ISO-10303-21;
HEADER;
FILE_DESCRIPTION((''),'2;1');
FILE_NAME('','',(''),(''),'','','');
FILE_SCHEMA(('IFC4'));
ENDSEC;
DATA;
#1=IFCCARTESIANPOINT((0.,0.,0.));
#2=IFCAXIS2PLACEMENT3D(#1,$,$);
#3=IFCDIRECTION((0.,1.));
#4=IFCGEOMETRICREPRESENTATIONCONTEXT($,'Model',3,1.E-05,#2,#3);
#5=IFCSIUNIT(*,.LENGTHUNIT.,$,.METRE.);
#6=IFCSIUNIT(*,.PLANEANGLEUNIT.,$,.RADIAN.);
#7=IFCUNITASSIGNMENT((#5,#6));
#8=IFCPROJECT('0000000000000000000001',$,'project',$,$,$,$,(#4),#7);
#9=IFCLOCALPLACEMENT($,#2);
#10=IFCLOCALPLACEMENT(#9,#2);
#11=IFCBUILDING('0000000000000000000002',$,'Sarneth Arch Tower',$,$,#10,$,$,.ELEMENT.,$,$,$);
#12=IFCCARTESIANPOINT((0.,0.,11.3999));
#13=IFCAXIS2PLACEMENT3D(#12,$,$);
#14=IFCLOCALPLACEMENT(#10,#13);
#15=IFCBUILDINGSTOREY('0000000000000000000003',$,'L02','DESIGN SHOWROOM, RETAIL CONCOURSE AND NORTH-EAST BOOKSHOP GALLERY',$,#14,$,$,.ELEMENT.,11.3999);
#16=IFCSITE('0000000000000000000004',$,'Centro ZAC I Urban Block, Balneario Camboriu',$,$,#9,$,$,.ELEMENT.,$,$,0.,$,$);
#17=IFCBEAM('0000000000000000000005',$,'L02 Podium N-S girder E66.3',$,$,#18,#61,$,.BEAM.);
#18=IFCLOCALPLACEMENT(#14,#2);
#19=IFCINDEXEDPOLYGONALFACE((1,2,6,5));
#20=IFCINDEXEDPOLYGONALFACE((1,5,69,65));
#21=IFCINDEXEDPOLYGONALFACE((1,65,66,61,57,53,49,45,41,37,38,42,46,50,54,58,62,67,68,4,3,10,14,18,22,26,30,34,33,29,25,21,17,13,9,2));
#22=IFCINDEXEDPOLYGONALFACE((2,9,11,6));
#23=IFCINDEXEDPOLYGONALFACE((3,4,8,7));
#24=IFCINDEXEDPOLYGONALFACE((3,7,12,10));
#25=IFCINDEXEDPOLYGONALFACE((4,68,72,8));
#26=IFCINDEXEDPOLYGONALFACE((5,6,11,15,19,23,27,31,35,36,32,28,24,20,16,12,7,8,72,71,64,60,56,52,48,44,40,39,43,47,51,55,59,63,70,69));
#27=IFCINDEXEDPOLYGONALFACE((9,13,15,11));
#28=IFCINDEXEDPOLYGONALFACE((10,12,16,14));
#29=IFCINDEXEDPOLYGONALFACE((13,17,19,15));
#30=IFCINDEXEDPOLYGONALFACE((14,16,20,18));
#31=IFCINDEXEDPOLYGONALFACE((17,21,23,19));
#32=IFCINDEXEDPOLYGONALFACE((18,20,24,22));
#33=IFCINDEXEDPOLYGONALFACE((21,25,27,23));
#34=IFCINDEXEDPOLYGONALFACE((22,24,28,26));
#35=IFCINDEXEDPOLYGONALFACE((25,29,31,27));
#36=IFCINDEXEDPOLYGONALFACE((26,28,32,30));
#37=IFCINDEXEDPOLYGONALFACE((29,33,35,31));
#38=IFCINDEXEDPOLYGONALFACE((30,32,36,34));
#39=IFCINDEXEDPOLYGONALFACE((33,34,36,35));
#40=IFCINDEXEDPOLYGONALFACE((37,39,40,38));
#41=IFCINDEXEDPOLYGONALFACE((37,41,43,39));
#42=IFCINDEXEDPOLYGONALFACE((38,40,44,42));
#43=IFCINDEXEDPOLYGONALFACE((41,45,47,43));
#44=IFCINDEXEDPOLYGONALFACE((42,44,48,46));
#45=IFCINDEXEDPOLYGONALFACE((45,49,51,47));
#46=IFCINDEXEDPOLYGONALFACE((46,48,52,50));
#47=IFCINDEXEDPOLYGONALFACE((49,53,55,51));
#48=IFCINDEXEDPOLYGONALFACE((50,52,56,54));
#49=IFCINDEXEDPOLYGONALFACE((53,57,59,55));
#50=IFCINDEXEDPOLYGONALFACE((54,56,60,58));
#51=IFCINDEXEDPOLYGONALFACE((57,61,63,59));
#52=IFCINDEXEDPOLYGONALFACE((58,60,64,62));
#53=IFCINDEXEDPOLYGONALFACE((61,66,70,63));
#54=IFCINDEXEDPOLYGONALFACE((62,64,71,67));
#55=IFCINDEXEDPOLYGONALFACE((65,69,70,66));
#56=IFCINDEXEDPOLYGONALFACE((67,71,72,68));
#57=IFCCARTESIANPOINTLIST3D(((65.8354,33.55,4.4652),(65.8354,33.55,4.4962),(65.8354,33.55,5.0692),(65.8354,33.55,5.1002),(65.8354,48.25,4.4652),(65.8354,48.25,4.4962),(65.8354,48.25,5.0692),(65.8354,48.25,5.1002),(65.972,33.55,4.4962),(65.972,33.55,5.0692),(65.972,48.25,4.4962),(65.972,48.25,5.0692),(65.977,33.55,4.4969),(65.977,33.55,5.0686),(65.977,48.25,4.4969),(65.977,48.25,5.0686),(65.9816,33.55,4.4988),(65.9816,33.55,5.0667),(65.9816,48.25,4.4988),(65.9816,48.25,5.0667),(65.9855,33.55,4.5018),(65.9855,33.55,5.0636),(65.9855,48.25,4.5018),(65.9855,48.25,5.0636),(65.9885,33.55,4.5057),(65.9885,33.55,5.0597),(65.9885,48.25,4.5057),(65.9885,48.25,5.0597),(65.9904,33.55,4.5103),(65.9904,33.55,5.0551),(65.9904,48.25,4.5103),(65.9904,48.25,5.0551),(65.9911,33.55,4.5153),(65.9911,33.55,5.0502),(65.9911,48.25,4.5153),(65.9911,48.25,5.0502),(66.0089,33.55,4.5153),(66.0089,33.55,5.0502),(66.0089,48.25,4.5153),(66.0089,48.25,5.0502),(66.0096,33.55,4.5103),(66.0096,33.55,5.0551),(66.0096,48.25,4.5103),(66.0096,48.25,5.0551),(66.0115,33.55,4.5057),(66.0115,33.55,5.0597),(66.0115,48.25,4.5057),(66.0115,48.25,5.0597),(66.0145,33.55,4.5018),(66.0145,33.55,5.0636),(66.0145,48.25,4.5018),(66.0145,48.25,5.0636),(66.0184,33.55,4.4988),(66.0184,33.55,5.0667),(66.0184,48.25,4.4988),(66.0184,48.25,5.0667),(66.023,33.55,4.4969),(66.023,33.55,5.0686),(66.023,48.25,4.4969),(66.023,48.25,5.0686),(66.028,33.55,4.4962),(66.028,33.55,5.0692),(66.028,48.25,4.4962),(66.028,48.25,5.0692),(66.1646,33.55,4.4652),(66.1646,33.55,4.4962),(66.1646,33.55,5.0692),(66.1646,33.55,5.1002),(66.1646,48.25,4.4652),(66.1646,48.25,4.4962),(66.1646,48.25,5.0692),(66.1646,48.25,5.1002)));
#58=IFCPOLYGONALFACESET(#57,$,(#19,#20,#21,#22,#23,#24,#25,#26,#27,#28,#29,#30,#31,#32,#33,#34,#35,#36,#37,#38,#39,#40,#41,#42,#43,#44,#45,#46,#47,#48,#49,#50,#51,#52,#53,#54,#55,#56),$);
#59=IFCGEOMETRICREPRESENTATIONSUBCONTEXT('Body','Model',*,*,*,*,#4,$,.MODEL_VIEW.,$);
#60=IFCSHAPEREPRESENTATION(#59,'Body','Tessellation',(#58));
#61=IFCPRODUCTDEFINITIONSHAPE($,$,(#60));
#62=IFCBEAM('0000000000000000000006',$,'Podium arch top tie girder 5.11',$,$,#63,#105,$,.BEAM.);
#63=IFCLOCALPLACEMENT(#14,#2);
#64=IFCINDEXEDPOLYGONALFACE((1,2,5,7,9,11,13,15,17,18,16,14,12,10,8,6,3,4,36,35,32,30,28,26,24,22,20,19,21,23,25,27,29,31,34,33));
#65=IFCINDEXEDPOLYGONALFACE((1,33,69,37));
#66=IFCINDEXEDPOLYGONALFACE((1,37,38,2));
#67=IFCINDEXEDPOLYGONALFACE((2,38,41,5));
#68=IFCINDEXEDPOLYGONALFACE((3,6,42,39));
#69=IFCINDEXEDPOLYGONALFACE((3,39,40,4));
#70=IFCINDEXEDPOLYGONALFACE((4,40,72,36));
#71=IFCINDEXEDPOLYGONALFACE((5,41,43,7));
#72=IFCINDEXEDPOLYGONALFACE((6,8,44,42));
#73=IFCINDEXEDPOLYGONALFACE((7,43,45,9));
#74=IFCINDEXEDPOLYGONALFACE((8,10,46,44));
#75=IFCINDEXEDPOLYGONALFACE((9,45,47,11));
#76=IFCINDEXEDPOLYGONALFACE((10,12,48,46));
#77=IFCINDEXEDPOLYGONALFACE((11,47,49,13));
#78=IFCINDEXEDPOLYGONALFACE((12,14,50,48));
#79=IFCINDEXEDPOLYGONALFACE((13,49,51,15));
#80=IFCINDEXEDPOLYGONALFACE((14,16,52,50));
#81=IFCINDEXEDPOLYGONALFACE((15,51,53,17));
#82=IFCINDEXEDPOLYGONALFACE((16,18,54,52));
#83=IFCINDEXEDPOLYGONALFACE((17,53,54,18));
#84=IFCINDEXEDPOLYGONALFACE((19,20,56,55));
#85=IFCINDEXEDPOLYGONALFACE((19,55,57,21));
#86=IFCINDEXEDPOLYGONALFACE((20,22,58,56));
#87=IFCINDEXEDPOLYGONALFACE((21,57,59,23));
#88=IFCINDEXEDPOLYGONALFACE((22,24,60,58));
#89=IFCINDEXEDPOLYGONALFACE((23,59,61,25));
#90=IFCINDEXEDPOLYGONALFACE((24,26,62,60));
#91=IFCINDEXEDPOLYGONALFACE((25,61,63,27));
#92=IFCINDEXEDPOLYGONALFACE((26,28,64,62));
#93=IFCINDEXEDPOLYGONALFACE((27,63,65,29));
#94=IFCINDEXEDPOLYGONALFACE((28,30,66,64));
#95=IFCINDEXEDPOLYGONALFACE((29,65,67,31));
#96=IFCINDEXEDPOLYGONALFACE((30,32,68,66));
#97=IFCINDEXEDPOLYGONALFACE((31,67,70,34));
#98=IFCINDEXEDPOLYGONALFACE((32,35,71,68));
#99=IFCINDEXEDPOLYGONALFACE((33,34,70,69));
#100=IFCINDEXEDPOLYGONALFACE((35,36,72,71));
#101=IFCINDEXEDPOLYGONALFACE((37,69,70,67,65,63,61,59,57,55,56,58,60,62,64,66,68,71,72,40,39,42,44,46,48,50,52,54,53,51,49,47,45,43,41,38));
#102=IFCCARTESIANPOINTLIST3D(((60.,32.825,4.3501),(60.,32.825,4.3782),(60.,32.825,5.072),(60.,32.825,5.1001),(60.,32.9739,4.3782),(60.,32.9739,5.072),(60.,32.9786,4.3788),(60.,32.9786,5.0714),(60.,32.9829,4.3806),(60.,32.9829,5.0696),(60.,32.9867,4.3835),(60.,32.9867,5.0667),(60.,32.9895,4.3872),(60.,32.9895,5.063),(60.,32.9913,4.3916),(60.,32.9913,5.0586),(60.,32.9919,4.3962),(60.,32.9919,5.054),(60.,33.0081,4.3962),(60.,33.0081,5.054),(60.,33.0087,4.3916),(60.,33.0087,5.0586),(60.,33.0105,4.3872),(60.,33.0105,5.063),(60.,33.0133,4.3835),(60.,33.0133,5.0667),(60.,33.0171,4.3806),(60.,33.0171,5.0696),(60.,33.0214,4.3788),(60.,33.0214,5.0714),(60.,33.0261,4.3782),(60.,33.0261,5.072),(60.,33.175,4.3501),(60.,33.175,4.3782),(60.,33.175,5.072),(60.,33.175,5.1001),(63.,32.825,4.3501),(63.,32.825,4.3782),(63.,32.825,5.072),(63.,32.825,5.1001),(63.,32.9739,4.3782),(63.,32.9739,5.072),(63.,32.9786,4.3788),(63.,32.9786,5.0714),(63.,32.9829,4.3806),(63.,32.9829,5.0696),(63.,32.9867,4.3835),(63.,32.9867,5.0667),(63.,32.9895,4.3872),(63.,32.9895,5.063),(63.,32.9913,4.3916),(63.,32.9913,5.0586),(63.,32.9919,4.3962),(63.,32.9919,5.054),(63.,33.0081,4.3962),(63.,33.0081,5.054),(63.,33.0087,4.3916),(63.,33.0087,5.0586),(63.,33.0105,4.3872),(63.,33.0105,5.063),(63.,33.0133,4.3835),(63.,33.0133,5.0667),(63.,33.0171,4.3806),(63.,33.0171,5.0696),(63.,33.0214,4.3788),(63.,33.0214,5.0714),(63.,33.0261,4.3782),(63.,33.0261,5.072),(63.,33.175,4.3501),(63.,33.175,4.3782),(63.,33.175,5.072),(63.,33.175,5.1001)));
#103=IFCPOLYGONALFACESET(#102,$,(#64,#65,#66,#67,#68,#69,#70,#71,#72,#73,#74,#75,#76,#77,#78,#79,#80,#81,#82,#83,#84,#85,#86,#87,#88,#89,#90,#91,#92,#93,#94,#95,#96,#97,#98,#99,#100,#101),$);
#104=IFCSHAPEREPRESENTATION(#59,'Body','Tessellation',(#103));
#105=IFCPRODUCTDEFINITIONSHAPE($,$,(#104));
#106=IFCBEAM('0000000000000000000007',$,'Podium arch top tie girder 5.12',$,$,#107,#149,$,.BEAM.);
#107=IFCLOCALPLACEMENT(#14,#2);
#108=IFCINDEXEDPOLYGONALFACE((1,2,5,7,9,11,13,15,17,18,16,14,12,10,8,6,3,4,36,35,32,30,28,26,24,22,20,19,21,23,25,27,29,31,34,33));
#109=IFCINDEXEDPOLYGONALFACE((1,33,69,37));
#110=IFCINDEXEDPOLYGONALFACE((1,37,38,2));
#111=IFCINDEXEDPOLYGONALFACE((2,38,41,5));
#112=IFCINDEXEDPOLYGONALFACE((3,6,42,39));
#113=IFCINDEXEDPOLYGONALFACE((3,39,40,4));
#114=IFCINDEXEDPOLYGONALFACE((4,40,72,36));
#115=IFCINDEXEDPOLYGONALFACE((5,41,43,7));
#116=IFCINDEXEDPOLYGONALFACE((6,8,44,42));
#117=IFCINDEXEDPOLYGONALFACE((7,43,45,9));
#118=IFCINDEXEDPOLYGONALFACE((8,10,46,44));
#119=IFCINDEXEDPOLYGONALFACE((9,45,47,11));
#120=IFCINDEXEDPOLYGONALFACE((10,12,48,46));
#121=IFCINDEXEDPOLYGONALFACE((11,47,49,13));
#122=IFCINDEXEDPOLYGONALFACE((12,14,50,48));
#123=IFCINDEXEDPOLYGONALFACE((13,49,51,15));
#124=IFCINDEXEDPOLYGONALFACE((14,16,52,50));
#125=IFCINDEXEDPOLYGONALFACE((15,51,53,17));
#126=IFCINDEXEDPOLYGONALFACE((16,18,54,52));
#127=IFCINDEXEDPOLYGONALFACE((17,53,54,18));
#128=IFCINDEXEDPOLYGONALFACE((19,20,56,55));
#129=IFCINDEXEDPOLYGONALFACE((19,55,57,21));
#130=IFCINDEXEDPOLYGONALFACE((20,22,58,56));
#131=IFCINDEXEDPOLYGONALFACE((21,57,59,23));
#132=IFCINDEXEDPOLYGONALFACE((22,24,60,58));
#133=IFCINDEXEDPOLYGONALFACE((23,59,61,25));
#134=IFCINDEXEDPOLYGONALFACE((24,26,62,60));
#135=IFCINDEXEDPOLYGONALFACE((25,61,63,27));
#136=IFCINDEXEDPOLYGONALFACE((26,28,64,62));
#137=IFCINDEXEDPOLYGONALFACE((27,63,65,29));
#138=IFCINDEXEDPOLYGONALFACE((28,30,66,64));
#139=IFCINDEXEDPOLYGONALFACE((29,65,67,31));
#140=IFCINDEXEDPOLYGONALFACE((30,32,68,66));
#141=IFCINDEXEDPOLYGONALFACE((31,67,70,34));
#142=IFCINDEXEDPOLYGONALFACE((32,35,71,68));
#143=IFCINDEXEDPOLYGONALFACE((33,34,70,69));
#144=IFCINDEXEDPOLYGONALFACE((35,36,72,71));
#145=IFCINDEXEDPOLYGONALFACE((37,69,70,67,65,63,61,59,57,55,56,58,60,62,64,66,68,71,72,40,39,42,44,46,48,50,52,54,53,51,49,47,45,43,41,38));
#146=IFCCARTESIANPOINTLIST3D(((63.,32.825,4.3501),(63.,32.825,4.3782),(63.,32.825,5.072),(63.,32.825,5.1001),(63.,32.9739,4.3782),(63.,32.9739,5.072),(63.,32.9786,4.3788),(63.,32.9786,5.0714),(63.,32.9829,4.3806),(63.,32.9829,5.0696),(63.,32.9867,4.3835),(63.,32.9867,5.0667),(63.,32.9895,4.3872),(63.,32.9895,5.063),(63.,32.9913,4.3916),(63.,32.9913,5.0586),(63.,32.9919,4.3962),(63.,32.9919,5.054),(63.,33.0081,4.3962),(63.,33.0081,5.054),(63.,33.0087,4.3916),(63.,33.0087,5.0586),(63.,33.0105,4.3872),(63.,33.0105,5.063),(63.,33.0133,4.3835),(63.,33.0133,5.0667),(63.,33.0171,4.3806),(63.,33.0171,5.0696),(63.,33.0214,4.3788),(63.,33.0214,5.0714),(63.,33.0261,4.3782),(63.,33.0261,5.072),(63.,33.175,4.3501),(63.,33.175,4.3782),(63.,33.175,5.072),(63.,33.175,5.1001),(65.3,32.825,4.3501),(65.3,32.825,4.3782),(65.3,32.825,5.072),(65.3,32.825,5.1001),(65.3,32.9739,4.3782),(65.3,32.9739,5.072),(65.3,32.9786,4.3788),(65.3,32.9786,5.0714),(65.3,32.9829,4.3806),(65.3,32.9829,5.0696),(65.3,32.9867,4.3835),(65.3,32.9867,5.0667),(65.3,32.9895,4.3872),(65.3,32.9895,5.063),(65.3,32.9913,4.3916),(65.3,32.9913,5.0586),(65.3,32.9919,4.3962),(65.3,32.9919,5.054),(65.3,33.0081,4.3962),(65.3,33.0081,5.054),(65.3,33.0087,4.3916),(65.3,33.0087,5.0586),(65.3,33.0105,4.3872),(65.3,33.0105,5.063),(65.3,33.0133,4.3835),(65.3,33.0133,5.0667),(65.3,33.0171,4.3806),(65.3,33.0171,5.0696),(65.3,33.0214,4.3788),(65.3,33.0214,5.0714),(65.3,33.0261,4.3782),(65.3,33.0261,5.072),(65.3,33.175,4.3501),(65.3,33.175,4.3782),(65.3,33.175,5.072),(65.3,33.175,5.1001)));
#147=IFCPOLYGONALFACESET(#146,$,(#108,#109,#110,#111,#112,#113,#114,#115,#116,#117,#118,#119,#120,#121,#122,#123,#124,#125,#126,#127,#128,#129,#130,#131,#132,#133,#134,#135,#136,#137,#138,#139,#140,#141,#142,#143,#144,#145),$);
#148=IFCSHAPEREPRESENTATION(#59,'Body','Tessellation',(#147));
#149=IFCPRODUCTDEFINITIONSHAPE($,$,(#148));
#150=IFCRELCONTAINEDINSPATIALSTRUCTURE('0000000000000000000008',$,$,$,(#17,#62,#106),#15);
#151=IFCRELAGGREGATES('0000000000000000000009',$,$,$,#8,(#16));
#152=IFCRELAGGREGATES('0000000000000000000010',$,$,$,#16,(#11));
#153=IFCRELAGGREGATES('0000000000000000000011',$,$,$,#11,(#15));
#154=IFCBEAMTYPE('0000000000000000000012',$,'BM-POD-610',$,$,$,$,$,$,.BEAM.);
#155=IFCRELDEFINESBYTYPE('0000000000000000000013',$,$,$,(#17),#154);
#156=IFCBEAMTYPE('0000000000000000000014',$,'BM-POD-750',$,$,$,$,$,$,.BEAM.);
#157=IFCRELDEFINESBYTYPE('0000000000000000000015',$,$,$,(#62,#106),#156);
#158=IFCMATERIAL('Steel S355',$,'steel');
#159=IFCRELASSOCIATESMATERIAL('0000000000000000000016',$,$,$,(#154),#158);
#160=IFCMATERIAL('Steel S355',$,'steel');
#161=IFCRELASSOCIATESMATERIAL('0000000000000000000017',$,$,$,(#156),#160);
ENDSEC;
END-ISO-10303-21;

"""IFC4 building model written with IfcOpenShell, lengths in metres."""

from ifc_helpers import new_model, si_unit, direction, frame, origin, origin_2d, place, context, subcontext, project, spatial, i_section, extrude, material, material_profile, profile_set, type_object, element, save


model = new_model("IFC4")

# Units and contexts
model_context = context("Model", 3, precision=1e-05, world=origin(), true_north=direction((0.0, 1.0)))
body_context = subcontext(model_context, "Body", "Model", "MODEL_VIEW")
ifc_project = project(units=[si_unit("LENGTHUNIT", "METRE"), si_unit("PLANEANGLEUNIT", "RADIAN")], contexts=[model_context])

# Site, building, storey
site_placement = place(None, origin())
site = spatial("IfcSite", under=ifc_project, at=site_placement, Name="Centro ZAC I Urban Block, Balneario Camboriu", CompositionType="ELEMENT", RefElevation=0.0)
building_placement = place(site_placement, origin())
building = spatial("IfcBuilding", under=site, at=building_placement, Name="Sarneth Arch Tower", CompositionType="ELEMENT")
storey_placement = place(building_placement, frame((0.0, 0.0, 11.3999)))
storey = spatial("IfcBuildingStorey", under=building, at=storey_placement, Name="L02", Description="DESIGN SHOWROOM, RETAIL CONCOURSE AND NORTH-EAST BOOKSHOP GALLERY", CompositionType="ELEMENT", Elevation=11.3999)

# Beams
ifc_material_1 = material(Name="Steel S355", Category="steel")
ifc_material_profile_1 = material_profile(ifc_material_1, i_section(OverallWidth=0.3291, OverallDepth=0.635, WebThickness=0.0178, FlangeThickness=0.031, FilletRadius=0.019, at=origin_2d()), Name="W610x241")
ifc_profile_set_1 = profile_set([ifc_material_profile_1], Name="Steel S355")
beam_type_1 = type_object("IfcBeamType", Name="BM-POD-610", PredefinedType="BEAM", material=ifc_profile_set_1)
beam_1_placement = place(storey_placement, frame((66.0, 33.55, 4.7827), z_axis=(0.0, 1.0, 0.0), x_axis=(-1.0, 0.0, 0.0)))
element("IfcBeam", 1, at=beam_1_placement, inside=storey, type_object=beam_type_1, Name="L02 Podium N-S girder E66.3", PredefinedType="BEAM", context=body_context, shape_type="SweptSolid", body=[
    extrude(i_section(OverallWidth=0.3291, OverallDepth=0.635, WebThickness=0.0178, FlangeThickness=0.031, FilletRadius=0.019, at=origin_2d()), origin(), (0.0, 0.0, 1.0), 14.7),
])
ifc_material_2 = material(Name="Steel S355", Category="steel")
ifc_material_profile_2 = material_profile(ifc_material_2, i_section(OverallWidth=0.3501, OverallDepth=0.75, WebThickness=0.0161, FlangeThickness=0.0281, FilletRadius=0.0181, at=origin_2d()), Name="CVS750x268")
ifc_profile_set_2 = profile_set([ifc_material_profile_2], Name="Steel S355")
beam_type_2 = type_object("IfcBeamType", Name="BM-POD-750", PredefinedType="BEAM", material=ifc_profile_set_2)
beam_2_placement = place(storey_placement, frame((60.0, 33.0, 4.7251), z_axis=(1.0, 0.0, 0.0), x_axis=(0.0, 1.0, 0.0)))
element("IfcBeam", 2, at=beam_2_placement, inside=storey, type_object=beam_type_2, Name="Podium arch top tie girder 5.11", PredefinedType="BEAM", context=body_context, shape_type="SweptSolid", body=[
    extrude(i_section(OverallWidth=0.3501, OverallDepth=0.75, WebThickness=0.0161, FlangeThickness=0.0281, FilletRadius=0.0181, at=origin_2d()), origin(), (0.0, 0.0, 1.0), 3.0),
])
beam_3_placement = place(storey_placement, frame((63.0, 33.0, 4.7251), z_axis=(1.0, 0.0, 0.0), x_axis=(0.0, 1.0, 0.0)))
element("IfcBeam", 3, at=beam_3_placement, inside=storey, type_object=beam_type_2, Name="Podium arch top tie girder 5.12", PredefinedType="BEAM", context=body_context, shape_type="SweptSolid", body=[
    extrude(i_section(OverallWidth=0.3501, OverallDepth=0.75, WebThickness=0.0161, FlangeThickness=0.0281, FilletRadius=0.0181, at=origin_2d()), origin(), (0.0, 0.0, 1.0), 2.3),
])

save(model, "model.ifc")
